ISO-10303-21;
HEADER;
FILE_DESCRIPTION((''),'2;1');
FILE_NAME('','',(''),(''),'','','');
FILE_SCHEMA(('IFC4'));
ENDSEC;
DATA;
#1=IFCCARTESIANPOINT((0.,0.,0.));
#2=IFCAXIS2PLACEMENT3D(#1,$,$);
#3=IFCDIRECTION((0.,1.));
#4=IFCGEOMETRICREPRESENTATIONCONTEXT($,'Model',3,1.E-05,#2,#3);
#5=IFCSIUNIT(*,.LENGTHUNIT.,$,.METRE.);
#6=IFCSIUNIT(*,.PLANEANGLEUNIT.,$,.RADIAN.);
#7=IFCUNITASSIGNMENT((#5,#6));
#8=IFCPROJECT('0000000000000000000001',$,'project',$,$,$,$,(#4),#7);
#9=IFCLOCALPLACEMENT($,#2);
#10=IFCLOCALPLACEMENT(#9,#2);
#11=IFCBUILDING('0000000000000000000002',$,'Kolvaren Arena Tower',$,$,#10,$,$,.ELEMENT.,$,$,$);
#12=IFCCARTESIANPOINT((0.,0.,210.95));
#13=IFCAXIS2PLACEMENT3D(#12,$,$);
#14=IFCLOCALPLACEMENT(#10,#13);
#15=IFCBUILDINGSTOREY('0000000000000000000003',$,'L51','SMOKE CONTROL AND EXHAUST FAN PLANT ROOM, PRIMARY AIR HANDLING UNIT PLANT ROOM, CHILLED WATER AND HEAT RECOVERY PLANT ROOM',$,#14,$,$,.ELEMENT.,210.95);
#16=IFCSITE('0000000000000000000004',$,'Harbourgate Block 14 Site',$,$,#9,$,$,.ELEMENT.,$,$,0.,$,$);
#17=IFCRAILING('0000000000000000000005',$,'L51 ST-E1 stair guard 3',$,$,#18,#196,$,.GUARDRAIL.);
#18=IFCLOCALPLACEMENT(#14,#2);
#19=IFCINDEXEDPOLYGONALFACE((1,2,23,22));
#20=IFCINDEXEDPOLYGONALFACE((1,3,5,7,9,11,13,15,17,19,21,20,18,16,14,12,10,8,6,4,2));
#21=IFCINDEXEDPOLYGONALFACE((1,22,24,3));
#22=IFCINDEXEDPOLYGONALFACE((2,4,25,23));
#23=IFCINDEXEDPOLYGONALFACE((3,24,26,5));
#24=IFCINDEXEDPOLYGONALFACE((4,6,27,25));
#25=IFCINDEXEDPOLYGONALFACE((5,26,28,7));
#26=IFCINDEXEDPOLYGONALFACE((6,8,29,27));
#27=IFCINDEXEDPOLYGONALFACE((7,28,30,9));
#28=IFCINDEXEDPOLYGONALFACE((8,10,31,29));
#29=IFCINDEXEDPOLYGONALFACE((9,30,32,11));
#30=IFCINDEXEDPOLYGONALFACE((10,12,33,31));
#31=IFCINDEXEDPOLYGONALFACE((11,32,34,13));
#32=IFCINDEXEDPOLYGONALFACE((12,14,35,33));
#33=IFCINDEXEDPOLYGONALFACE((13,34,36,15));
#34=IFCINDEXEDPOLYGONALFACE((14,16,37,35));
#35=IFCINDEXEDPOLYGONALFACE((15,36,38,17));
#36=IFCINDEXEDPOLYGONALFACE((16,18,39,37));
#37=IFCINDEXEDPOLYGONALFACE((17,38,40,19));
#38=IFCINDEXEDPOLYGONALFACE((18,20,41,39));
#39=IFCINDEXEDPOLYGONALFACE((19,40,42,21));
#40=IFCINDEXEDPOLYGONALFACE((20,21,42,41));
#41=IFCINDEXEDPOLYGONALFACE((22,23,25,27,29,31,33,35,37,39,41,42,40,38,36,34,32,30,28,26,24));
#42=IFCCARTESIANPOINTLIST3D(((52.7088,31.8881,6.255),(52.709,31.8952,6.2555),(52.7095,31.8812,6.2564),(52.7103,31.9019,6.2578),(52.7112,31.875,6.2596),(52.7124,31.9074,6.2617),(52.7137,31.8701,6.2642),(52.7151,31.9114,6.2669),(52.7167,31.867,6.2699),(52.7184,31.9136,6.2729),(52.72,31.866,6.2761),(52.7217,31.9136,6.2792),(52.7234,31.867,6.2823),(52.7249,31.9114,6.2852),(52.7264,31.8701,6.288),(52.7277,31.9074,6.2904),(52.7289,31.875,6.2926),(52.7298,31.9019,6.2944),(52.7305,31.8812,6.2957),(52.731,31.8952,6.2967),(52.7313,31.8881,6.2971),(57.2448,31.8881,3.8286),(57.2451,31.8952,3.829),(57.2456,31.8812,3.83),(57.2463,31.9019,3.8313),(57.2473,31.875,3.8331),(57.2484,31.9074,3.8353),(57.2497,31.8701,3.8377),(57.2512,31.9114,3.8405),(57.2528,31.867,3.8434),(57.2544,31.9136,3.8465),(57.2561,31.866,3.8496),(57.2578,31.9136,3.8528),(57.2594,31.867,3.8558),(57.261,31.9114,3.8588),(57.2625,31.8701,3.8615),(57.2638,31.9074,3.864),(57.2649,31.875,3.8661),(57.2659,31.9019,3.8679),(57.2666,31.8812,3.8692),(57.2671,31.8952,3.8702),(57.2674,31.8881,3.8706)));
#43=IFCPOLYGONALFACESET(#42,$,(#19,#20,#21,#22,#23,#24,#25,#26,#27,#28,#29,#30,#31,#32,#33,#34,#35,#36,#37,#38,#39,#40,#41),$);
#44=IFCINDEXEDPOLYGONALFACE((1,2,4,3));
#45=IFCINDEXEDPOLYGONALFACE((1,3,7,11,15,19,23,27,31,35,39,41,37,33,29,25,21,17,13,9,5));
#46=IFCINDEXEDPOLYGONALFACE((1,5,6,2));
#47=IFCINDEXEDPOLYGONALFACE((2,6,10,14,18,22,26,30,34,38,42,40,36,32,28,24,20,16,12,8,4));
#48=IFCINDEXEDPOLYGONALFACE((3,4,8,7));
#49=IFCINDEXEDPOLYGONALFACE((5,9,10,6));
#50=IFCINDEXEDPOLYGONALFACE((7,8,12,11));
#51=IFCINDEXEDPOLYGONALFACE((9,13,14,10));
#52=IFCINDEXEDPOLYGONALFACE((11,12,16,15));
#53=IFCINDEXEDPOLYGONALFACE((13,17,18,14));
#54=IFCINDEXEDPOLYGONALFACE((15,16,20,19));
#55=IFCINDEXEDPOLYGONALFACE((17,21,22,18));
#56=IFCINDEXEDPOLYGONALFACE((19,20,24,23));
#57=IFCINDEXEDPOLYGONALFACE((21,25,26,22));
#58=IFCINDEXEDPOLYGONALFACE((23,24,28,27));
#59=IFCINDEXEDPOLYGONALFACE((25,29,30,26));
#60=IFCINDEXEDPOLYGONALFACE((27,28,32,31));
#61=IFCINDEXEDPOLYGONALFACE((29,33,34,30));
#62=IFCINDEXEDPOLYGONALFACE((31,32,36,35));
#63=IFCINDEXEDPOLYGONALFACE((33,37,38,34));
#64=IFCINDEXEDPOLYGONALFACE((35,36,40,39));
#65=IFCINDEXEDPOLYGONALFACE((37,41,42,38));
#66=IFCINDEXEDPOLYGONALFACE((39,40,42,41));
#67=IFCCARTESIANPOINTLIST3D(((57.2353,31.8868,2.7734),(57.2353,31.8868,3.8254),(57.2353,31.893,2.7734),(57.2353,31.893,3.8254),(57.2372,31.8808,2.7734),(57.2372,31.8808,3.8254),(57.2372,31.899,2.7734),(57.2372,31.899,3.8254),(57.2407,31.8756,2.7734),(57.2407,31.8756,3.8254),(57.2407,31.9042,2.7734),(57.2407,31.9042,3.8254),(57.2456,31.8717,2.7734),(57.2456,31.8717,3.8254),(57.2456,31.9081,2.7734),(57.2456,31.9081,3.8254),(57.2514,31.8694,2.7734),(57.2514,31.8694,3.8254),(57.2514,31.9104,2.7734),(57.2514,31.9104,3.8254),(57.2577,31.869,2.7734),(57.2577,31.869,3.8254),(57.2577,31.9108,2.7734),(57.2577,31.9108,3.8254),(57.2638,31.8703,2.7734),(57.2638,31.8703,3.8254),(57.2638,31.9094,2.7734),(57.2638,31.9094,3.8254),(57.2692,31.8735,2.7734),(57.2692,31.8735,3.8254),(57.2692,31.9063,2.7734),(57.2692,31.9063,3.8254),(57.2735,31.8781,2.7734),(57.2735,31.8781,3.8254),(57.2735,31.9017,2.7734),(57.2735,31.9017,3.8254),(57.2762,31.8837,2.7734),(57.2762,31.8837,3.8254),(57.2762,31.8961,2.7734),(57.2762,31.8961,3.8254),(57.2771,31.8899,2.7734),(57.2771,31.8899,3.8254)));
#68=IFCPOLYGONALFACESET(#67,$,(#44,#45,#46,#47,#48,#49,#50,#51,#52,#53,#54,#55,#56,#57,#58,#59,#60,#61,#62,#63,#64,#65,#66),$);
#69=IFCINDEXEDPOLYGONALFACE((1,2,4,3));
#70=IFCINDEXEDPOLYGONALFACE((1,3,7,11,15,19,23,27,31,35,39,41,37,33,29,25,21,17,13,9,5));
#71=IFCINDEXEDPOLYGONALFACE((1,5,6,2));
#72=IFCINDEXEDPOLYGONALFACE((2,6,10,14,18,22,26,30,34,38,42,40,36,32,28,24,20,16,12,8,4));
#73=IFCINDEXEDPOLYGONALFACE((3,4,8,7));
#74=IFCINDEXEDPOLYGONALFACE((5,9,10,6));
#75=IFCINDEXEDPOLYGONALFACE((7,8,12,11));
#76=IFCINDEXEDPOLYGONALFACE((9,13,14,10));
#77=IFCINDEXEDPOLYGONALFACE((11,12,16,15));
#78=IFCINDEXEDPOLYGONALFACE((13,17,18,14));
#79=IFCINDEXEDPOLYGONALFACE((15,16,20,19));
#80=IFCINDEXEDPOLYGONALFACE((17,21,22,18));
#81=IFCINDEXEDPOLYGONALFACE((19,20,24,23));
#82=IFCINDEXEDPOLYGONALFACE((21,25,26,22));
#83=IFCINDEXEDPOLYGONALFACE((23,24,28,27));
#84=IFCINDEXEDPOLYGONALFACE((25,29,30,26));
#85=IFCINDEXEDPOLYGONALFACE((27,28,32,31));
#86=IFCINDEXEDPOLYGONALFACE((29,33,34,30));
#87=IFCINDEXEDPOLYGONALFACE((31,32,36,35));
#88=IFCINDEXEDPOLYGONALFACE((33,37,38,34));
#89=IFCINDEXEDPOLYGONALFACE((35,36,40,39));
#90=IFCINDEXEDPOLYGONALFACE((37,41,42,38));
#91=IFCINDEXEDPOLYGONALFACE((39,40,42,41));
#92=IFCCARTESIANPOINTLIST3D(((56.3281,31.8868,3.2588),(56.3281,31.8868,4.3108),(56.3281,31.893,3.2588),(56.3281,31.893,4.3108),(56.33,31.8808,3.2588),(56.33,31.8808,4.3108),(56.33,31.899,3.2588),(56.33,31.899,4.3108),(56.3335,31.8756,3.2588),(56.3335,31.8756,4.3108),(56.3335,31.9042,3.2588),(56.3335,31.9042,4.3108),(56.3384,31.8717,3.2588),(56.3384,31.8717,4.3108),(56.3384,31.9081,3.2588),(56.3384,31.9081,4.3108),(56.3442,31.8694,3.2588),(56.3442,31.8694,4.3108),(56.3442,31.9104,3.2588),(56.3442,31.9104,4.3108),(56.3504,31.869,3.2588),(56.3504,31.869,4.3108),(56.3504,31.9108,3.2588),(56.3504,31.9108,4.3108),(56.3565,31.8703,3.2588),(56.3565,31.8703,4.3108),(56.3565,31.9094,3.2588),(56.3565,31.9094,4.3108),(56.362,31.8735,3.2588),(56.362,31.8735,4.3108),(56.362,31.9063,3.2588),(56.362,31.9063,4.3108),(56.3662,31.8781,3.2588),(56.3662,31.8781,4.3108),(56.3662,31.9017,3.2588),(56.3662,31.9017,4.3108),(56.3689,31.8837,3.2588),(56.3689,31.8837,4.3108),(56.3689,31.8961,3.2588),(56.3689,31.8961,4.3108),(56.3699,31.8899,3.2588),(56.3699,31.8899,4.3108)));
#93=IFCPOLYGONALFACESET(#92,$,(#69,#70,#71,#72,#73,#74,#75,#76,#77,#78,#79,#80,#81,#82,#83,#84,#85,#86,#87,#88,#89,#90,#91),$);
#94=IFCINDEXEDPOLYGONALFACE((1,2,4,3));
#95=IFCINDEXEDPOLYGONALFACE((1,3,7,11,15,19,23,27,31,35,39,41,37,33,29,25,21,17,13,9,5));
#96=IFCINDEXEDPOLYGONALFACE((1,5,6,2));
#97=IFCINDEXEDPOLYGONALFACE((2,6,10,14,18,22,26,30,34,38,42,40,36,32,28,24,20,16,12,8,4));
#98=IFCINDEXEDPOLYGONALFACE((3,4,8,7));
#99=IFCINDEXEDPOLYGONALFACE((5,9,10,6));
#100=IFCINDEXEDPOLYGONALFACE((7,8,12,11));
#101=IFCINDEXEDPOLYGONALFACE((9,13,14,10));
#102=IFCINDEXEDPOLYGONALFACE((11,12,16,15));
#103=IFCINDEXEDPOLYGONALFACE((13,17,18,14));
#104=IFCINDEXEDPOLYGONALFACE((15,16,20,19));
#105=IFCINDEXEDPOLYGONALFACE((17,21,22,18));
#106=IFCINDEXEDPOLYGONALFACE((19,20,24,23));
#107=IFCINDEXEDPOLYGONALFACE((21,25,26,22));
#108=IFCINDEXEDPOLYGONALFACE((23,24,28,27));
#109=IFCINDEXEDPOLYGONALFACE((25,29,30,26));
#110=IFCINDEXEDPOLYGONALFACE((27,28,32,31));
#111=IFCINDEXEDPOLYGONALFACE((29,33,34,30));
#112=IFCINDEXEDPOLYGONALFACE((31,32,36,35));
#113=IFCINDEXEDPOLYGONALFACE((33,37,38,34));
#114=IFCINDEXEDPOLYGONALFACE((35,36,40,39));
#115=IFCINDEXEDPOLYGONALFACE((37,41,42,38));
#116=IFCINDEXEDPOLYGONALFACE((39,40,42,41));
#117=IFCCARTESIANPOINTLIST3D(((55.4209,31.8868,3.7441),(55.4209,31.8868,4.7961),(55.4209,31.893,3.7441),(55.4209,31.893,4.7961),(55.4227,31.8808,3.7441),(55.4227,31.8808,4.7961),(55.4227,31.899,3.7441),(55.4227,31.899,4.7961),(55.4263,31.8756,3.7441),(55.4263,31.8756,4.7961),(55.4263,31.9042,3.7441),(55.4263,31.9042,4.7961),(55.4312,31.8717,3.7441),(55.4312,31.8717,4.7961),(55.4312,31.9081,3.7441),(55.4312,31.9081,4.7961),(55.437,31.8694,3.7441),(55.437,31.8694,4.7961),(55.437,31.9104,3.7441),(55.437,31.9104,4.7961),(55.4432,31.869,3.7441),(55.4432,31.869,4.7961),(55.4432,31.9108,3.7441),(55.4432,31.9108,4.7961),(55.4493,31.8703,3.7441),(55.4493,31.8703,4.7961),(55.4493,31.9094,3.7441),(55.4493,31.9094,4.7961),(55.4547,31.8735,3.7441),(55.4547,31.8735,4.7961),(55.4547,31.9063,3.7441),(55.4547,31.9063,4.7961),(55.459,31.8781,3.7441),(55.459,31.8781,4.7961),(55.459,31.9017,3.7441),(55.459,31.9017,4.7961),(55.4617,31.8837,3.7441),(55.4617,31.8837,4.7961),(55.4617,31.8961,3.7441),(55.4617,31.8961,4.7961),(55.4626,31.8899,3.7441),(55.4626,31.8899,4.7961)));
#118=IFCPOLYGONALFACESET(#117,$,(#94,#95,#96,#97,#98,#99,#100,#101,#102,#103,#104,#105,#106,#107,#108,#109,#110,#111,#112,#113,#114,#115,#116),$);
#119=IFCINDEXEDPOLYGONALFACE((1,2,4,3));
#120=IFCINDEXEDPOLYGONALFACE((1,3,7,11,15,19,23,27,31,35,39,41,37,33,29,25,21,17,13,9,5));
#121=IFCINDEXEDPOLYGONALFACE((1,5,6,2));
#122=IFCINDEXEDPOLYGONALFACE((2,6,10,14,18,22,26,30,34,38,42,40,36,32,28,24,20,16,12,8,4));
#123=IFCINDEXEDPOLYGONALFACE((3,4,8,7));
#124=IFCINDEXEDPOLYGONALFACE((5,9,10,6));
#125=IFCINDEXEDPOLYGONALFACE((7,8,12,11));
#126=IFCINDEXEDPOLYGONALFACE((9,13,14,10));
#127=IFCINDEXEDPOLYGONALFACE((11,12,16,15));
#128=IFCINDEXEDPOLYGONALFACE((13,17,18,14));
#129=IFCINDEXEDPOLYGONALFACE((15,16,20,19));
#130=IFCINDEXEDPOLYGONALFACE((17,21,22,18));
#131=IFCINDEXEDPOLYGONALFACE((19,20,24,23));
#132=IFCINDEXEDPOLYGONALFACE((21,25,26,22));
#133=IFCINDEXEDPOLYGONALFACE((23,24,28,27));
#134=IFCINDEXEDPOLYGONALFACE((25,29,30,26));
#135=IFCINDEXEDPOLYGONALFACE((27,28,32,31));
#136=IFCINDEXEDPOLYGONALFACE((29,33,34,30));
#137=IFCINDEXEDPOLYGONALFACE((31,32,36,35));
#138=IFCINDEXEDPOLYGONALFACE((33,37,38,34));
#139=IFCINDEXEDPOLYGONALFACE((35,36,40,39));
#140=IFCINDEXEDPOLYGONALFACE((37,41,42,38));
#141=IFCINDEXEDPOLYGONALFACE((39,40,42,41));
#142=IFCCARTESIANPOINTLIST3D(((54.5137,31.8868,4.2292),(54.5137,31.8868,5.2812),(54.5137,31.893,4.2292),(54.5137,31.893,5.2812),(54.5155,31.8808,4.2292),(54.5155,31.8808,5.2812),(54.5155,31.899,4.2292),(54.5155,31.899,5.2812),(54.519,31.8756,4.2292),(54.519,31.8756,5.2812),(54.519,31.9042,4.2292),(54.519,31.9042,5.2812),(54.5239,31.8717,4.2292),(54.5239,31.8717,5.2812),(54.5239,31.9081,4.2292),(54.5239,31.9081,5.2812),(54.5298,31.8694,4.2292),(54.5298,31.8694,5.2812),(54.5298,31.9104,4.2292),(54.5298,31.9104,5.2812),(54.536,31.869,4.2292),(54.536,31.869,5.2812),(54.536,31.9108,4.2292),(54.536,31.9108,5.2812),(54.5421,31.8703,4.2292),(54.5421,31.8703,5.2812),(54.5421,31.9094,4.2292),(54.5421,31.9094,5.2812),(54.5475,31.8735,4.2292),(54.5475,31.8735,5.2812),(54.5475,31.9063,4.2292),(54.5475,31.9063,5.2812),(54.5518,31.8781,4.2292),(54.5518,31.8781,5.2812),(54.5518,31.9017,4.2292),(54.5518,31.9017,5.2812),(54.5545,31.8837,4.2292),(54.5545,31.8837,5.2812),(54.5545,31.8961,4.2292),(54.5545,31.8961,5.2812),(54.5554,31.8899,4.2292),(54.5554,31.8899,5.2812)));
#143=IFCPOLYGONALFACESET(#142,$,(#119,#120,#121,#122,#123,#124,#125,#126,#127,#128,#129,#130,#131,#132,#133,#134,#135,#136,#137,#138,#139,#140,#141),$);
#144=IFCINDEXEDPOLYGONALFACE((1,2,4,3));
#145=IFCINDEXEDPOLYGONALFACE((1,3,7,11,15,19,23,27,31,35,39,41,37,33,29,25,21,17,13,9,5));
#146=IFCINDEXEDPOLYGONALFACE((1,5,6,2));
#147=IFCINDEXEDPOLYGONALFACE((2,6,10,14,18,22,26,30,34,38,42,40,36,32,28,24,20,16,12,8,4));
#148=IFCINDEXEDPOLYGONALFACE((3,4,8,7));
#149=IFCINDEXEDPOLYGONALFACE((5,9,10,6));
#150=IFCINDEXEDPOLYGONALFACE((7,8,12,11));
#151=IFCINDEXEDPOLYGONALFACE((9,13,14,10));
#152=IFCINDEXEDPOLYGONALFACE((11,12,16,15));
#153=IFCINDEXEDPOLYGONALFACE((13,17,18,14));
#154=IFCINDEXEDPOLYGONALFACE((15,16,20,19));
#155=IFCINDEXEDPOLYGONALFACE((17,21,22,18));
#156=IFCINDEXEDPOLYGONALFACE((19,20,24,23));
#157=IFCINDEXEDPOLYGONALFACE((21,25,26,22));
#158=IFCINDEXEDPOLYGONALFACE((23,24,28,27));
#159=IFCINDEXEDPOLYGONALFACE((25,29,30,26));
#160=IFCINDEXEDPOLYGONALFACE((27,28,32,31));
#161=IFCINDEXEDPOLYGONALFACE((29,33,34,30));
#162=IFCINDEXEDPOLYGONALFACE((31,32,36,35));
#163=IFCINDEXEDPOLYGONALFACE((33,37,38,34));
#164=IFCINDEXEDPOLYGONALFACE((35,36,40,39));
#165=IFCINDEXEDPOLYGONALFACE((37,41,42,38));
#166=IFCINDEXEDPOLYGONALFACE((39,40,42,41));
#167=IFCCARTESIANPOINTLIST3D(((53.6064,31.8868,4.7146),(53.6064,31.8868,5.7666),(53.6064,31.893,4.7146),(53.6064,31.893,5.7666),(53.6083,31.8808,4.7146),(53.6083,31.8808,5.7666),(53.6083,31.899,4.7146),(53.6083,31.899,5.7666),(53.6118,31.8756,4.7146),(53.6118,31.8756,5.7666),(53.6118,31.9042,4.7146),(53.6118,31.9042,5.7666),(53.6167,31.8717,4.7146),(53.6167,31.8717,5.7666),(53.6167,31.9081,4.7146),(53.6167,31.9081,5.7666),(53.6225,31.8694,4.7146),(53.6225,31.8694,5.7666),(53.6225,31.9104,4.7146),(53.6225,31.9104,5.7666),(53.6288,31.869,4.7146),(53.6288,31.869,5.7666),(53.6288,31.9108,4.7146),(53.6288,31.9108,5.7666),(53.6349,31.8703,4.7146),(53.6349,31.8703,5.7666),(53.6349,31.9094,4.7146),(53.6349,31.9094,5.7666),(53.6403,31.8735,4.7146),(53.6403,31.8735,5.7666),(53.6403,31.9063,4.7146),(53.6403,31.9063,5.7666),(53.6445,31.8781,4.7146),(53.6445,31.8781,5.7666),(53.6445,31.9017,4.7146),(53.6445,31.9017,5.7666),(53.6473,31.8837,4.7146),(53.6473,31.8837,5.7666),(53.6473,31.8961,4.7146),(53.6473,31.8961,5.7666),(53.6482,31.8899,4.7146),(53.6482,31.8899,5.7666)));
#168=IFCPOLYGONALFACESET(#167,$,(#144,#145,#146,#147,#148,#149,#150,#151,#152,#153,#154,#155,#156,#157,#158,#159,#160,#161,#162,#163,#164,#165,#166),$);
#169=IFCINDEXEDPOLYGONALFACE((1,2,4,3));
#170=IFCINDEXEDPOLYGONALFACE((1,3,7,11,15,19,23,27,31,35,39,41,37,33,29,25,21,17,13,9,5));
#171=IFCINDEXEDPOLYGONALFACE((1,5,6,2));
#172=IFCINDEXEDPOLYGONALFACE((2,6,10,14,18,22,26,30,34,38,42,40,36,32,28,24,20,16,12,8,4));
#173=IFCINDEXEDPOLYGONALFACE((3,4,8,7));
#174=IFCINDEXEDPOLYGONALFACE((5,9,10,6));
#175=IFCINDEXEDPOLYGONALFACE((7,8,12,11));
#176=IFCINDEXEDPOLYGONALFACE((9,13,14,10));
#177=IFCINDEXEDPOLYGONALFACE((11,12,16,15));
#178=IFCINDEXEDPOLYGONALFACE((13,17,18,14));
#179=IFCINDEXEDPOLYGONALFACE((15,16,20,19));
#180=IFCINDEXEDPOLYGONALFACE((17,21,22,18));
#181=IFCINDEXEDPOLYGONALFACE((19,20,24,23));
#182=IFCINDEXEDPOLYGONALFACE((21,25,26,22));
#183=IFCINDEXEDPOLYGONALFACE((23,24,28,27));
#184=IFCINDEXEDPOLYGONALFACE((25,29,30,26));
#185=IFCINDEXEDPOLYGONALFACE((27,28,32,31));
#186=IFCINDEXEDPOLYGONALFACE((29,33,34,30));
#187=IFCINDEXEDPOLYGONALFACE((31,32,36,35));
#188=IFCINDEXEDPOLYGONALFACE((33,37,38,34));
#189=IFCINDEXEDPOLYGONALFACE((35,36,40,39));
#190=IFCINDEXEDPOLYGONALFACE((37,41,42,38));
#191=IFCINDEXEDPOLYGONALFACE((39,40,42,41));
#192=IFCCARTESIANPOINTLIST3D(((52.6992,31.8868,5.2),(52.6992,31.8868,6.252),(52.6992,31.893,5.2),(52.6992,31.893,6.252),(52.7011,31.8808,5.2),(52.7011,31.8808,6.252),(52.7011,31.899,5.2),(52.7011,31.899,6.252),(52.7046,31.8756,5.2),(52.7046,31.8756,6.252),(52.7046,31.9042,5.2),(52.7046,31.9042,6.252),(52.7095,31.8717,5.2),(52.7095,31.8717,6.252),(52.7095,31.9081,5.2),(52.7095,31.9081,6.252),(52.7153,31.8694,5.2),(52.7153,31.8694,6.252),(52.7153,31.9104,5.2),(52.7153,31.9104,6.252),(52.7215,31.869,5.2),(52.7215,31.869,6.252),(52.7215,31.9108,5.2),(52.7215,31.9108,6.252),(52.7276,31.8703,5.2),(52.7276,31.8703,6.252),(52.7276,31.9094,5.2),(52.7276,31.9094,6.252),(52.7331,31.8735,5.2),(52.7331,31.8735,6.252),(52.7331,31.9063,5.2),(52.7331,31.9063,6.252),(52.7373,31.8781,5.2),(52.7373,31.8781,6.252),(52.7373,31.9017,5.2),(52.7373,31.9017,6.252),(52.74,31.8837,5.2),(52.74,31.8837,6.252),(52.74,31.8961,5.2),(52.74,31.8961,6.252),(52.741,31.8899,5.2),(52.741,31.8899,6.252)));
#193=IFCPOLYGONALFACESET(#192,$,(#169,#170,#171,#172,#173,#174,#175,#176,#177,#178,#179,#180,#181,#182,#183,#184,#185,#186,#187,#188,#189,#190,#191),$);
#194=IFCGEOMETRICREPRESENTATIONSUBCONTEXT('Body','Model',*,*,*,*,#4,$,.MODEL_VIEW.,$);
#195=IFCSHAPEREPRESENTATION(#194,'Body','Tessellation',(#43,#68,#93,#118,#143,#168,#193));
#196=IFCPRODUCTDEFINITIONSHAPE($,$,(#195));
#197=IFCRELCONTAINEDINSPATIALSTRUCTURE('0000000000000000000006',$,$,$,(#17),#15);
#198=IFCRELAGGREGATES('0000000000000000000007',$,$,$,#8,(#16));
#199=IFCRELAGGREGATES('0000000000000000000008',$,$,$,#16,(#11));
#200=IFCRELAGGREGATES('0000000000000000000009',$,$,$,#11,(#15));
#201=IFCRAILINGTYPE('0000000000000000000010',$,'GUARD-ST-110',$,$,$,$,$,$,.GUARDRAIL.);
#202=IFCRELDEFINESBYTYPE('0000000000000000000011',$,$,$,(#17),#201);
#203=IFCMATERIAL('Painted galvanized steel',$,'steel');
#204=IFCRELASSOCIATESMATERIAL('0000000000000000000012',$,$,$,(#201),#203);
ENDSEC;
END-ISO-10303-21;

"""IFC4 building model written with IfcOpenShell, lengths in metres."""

from ifc_helpers import new_model, si_unit, direction, frame, origin, origin_2d, place, context, subcontext, project, spatial, circle, extrude, material, type_object, element, save


model = new_model("IFC4")

# Units and contexts
model_context = context("Model", 3, precision=1e-05, world=origin(), true_north=direction((0.0, 1.0)))
body_context = subcontext(model_context, "Body", "Model", "MODEL_VIEW")
ifc_project = project(units=[si_unit("LENGTHUNIT", "METRE"), si_unit("PLANEANGLEUNIT", "RADIAN")], contexts=[model_context])

# Site, building, storey
site_placement = place(None, origin())
site = spatial("IfcSite", under=ifc_project, at=site_placement, Name="Harbourgate Block 14 Site", CompositionType="ELEMENT", RefElevation=0.0)
building_placement = place(site_placement, origin())
building = spatial("IfcBuilding", under=site, at=building_placement, Name="Kolvaren Arena Tower", CompositionType="ELEMENT")
storey_placement = place(building_placement, frame((0.0, 0.0, 210.95)))
storey = spatial("IfcBuildingStorey", under=building, at=storey_placement, Name="L51", Description="SMOKE CONTROL AND EXHAUST FAN PLANT ROOM, PRIMARY AIR HANDLING UNIT PLANT ROOM, CHILLED WATER AND HEAT RECOVERY PLANT ROOM", CompositionType="ELEMENT", Elevation=210.95)

# Railing
ifc_material_1 = material(Name="Painted galvanized steel", Category="steel")
railing_type_1 = type_object("IfcRailingType", Name="GUARD-ST-110", PredefinedType="GUARDRAIL", material=ifc_material_1)
railing_1_placement = place(storey_placement, frame((57.2561, 31.8899, 2.7734)))
element("IfcRailing", 1, at=railing_1_placement, inside=storey, type_object=railing_type_1, Name="L51 ST-E1 stair guard 3", PredefinedType="GUARDRAIL", context=body_context, shape_type="SweptSolid", body=[
    extrude(circle(Radius=0.0239, at=origin_2d()), frame((0.0, 0.0, 1.0762), z_axis=(-0.881768, 0.0, 0.471684), x_axis=(0.0, -1.0, 0.0)), (0.0, 0.0, 1.0), 5.1443),
    extrude(circle(Radius=0.021, at=origin_2d()), origin(), (0.0, 0.0, 1.0), 1.052),
    extrude(circle(Radius=0.021, at=origin_2d()), frame((-0.9072, 0.0, 0.4854)), (0.0, 0.0, 1.0), 1.052),
    extrude(circle(Radius=0.021, at=origin_2d()), frame((-1.8145, 0.0, 0.9707)), (0.0, 0.0, 1.0), 1.052),
    extrude(circle(Radius=0.021, at=origin_2d()), frame((-2.7217, 0.0, 1.4558)), (0.0, 0.0, 1.0), 1.052),
    extrude(circle(Radius=0.021, at=origin_2d()), frame((-3.6289, 0.0, 1.9412)), (0.0, 0.0, 1.0), 1.052),
    extrude(circle(Radius=0.021, at=origin_2d()), frame((-4.5361, 0.0, 2.4265)), (0.0, 0.0, 1.0), 1.052),
])

save(model, "model.ifc")
